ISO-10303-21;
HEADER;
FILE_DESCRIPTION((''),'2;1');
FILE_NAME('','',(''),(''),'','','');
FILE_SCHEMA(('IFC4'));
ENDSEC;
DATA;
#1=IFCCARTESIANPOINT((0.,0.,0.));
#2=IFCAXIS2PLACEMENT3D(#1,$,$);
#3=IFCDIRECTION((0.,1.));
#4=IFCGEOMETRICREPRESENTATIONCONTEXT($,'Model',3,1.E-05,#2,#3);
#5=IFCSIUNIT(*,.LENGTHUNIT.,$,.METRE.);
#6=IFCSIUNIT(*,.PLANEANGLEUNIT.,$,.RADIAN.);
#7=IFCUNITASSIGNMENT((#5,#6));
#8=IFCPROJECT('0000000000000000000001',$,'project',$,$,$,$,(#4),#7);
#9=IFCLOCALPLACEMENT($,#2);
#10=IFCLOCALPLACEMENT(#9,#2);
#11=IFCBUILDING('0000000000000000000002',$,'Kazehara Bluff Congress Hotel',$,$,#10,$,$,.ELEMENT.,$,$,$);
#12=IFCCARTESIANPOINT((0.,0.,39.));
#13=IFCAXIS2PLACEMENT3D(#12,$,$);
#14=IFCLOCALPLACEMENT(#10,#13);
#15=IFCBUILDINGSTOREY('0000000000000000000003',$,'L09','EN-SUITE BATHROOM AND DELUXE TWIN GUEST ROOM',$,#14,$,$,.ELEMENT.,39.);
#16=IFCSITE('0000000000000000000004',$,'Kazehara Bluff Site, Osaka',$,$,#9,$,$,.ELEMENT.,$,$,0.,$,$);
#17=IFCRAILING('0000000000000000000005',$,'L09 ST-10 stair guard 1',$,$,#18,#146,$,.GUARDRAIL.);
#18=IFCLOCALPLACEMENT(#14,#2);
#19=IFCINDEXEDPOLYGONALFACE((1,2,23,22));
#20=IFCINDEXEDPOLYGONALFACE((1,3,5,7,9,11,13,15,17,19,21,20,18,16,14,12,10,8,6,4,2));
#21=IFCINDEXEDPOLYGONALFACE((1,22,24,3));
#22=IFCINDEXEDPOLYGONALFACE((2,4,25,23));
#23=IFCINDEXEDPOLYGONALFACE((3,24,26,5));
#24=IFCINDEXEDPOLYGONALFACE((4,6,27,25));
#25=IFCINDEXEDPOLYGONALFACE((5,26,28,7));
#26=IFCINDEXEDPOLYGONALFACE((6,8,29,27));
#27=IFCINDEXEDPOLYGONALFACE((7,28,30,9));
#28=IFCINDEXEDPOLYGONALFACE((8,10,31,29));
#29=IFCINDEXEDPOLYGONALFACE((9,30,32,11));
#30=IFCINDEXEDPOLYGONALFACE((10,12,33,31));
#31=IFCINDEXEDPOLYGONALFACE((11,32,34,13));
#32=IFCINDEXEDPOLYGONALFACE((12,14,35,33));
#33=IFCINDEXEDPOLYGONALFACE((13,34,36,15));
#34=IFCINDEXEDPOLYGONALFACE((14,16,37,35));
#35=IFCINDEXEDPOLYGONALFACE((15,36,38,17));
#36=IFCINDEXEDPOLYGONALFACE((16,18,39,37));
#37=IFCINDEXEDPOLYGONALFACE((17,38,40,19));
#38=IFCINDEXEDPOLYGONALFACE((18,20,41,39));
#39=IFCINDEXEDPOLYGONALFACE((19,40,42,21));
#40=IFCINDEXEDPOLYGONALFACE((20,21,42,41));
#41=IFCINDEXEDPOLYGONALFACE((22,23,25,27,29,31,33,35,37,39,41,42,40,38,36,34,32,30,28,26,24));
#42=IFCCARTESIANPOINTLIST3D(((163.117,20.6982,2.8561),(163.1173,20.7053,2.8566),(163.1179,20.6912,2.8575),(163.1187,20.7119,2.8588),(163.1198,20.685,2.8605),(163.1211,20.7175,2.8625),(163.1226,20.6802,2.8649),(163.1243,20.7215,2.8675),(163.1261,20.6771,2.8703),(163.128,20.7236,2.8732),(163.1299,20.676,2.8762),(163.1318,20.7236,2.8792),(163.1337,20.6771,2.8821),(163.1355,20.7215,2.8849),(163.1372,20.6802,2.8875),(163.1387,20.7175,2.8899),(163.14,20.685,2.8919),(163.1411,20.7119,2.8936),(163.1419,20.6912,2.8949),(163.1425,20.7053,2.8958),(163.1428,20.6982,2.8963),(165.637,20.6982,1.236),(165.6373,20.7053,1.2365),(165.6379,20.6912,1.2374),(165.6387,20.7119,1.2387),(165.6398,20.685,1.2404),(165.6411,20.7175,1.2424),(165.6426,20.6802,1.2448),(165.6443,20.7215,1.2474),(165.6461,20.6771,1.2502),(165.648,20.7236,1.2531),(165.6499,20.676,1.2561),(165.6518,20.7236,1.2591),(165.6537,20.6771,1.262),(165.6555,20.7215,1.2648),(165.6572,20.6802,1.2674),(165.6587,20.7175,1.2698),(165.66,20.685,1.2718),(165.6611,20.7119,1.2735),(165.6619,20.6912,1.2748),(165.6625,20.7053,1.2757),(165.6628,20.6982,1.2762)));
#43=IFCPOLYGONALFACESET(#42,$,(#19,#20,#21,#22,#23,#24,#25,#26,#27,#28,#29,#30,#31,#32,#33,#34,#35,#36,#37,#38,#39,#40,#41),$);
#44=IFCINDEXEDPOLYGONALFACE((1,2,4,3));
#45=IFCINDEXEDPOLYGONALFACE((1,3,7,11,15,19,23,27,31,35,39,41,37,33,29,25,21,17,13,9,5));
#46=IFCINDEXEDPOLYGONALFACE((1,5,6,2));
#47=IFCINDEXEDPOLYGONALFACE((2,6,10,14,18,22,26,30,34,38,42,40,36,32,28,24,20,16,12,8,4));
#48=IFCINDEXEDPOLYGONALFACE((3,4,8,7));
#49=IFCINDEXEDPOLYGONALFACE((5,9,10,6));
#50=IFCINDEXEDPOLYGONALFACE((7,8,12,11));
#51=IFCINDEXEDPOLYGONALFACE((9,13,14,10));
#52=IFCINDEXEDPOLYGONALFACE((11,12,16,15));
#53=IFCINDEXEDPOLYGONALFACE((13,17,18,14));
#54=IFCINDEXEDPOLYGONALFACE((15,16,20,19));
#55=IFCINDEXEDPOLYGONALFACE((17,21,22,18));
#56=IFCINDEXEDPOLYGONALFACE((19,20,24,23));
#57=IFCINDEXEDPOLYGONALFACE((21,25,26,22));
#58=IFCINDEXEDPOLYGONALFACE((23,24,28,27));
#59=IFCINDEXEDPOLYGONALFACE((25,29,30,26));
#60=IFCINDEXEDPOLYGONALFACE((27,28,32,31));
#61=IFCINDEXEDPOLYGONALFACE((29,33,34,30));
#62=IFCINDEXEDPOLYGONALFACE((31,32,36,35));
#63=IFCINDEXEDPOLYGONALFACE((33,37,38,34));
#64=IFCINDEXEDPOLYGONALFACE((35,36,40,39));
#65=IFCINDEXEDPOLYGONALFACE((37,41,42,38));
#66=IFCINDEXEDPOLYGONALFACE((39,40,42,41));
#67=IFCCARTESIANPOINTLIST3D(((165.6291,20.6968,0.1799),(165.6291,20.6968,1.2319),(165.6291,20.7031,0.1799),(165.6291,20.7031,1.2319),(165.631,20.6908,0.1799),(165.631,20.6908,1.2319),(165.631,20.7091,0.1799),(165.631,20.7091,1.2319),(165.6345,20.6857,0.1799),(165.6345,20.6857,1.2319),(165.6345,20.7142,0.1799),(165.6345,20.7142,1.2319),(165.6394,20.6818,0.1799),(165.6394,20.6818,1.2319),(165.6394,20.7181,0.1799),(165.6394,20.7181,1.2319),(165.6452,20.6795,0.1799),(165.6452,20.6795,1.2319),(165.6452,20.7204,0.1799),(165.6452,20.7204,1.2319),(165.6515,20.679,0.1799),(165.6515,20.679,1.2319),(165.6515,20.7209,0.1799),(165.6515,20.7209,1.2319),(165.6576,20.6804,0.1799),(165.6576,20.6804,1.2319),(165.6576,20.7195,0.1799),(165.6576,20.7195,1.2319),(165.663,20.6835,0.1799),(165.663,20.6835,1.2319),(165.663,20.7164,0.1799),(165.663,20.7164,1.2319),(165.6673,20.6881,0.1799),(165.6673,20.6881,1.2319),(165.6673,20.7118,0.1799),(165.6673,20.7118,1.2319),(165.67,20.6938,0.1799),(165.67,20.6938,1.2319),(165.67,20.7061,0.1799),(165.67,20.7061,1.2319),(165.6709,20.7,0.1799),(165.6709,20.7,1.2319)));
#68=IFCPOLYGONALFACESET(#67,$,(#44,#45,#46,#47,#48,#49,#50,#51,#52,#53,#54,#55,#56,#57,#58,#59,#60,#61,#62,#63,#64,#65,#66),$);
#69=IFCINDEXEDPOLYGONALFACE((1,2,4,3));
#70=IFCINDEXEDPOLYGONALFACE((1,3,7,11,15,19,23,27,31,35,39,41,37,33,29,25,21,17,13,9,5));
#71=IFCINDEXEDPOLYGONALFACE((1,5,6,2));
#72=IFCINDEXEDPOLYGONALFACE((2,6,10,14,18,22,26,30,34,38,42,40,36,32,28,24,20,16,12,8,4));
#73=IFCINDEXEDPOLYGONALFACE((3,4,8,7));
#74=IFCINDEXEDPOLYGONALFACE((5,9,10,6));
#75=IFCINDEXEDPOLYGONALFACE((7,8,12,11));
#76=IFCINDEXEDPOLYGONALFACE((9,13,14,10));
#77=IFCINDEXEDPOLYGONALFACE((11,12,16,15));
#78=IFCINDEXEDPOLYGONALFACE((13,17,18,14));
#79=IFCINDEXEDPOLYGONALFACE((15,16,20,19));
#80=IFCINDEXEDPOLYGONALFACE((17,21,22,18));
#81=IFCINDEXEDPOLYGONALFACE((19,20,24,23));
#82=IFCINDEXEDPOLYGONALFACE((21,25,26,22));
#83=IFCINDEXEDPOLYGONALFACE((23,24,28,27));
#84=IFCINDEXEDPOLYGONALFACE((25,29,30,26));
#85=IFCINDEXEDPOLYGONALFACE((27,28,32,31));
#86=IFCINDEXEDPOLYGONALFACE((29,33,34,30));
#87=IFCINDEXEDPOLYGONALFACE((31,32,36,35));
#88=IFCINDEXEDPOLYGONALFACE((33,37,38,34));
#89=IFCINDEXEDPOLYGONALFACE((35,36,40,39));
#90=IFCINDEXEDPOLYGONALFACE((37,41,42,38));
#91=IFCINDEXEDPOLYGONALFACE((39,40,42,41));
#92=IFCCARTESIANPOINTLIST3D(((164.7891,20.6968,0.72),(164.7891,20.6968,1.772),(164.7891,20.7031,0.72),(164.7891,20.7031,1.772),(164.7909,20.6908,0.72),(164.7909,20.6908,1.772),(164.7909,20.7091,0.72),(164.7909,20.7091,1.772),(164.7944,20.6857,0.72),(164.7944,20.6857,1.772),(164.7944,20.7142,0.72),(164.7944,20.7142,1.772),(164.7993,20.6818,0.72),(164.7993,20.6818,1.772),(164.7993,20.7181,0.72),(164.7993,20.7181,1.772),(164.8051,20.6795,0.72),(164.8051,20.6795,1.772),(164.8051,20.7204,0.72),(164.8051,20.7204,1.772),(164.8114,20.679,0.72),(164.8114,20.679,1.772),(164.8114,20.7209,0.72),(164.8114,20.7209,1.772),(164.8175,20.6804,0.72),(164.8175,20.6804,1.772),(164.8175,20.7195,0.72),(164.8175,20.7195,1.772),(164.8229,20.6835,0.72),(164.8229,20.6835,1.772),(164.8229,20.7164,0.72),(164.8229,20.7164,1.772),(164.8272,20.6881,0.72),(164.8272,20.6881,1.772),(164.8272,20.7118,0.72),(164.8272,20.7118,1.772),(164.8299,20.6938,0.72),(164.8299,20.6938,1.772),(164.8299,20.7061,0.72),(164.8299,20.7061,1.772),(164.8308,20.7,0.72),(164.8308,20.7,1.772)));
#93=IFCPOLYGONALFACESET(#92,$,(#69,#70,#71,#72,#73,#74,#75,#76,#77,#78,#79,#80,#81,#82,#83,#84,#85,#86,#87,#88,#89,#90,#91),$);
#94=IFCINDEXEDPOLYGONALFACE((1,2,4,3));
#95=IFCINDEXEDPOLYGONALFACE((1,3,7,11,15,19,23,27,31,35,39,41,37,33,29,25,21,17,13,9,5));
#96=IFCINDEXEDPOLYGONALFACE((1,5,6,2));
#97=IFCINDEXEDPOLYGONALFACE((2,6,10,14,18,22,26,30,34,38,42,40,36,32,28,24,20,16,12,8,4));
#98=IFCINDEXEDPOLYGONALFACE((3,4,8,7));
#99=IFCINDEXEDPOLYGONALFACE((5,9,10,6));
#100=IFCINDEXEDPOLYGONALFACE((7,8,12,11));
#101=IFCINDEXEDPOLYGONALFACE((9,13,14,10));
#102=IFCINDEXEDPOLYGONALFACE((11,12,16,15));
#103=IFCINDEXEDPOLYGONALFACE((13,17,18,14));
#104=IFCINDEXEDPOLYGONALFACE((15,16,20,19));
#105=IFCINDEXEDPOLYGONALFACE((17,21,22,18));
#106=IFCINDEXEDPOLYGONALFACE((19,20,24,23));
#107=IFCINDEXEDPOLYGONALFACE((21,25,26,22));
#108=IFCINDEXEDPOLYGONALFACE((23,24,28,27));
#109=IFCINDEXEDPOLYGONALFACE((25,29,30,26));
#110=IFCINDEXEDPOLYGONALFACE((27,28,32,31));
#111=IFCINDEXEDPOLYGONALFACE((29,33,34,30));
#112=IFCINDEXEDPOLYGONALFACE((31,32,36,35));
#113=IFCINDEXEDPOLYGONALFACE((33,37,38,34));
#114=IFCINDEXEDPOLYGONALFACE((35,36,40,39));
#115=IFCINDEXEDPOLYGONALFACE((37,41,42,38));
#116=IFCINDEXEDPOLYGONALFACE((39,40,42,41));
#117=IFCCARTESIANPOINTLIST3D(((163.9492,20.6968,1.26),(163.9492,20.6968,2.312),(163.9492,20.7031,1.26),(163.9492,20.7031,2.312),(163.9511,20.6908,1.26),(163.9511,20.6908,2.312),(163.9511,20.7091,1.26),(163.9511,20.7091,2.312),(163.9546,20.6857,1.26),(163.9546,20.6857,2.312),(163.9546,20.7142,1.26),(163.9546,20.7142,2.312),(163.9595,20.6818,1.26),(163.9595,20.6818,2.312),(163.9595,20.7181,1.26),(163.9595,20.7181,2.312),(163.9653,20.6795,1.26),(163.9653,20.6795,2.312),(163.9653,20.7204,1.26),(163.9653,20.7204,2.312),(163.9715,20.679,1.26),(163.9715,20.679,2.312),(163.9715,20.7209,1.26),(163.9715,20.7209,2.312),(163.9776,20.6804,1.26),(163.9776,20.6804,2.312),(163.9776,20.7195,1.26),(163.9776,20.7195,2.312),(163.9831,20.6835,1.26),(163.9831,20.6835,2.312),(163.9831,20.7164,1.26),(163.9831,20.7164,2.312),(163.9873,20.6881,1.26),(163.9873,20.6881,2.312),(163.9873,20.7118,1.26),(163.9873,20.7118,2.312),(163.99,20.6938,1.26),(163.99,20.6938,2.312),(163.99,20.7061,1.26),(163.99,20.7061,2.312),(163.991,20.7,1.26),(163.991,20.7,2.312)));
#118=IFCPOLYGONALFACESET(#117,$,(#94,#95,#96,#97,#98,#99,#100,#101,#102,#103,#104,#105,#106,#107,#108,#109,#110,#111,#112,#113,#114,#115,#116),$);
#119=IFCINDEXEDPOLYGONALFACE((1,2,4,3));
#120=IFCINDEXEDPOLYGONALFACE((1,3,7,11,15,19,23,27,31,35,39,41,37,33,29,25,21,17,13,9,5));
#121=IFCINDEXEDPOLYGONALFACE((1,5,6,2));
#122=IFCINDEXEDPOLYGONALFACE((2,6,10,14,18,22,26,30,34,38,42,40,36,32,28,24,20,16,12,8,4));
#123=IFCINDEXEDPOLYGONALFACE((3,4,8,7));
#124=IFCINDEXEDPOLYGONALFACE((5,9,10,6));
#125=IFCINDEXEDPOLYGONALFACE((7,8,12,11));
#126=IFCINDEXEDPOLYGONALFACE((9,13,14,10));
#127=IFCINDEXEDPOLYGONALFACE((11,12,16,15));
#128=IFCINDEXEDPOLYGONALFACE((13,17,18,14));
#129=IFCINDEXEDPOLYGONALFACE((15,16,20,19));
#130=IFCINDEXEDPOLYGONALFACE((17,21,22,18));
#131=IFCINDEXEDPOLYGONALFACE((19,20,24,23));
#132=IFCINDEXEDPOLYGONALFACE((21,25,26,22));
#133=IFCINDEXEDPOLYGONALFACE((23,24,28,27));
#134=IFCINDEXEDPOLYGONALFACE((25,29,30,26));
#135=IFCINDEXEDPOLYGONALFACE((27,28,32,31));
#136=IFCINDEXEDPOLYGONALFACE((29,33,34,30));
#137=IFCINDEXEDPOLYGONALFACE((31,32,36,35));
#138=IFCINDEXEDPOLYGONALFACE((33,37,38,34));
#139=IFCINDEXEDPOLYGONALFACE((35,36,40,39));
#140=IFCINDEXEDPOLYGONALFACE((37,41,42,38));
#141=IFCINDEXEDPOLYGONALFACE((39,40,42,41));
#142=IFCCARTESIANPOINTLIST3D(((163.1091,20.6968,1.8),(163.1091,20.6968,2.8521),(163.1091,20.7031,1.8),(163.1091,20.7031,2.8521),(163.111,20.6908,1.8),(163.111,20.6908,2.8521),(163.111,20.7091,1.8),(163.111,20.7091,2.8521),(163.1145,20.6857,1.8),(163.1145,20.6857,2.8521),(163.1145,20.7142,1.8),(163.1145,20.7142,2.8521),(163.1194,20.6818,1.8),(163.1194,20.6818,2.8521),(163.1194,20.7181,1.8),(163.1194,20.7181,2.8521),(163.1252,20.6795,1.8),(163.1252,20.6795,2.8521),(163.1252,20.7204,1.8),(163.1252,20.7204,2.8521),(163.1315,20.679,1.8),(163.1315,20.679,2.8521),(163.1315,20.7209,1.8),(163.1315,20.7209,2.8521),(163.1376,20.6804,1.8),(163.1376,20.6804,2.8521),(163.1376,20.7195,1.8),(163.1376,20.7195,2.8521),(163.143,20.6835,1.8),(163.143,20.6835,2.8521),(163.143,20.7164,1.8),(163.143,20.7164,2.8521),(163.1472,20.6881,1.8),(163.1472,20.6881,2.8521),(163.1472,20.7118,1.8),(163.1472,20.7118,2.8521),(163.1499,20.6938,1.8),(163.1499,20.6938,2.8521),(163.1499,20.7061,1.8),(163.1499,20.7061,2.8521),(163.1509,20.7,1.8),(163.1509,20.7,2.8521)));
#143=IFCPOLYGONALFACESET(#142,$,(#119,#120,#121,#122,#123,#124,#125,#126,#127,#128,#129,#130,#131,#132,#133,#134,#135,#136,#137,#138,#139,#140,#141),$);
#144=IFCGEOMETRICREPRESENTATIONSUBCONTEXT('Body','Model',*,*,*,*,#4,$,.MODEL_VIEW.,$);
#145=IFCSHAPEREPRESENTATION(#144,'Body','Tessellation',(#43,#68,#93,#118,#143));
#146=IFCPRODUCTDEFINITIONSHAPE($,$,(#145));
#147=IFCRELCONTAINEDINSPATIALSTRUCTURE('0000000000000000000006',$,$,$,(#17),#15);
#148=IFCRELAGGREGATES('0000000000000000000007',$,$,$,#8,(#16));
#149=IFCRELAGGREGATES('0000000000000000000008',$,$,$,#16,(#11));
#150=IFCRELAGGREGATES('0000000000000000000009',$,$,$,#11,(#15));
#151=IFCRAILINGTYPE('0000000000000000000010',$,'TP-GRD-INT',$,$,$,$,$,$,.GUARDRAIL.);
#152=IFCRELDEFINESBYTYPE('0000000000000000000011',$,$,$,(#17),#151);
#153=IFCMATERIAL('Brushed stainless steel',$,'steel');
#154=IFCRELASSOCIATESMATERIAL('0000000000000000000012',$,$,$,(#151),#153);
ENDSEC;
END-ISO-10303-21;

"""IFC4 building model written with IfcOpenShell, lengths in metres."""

from ifc_helpers import new_model, si_unit, direction, frame, origin, origin_2d, place, context, subcontext, project, spatial, circle, extrude, material, type_object, element, save


model = new_model("IFC4")

# Units and contexts
model_context = context("Model", 3, precision=1e-05, world=origin(), true_north=direction((0.0, 1.0)))
body_context = subcontext(model_context, "Body", "Model", "MODEL_VIEW")
ifc_project = project(units=[si_unit("LENGTHUNIT", "METRE"), si_unit("PLANEANGLEUNIT", "RADIAN")], contexts=[model_context])

# Site, building, storey
site_placement = place(None, origin())
site = spatial("IfcSite", under=ifc_project, at=site_placement, Name="Kazehara Bluff Site, Osaka", CompositionType="ELEMENT", RefElevation=0.0)
building_placement = place(site_placement, origin())
building = spatial("IfcBuilding", under=site, at=building_placement, Name="Kazehara Bluff Congress Hotel", CompositionType="ELEMENT")
storey_placement = place(building_placement, frame((0.0, 0.0, 39.0)))
storey = spatial("IfcBuildingStorey", under=building, at=storey_placement, Name="L09", Description="EN-SUITE BATHROOM AND DELUXE TWIN GUEST ROOM", CompositionType="ELEMENT", Elevation=39.0)

# Railing
ifc_material_1 = material(Name="Brushed stainless steel", Category="steel")
railing_type_1 = type_object("IfcRailingType", Name="TP-GRD-INT", PredefinedType="GUARDRAIL", material=ifc_material_1)
railing_1_placement = place(storey_placement, frame((165.6499, 20.7, 0.1799)))
element("IfcRailing", 1, at=railing_1_placement, inside=storey, type_object=railing_type_1, Name="L09 ST-10 stair guard 1", PredefinedType="GUARDRAIL", context=body_context, shape_type="SweptSolid", body=[
    extrude(circle(Radius=0.0239, at=origin_2d()), frame((0.0, 0.0, 1.0762), z_axis=(-0.841163, 0.0, 0.540782), x_axis=(0.0, -1.0, 0.0)), (0.0, 0.0, 1.0), 2.9958),
    extrude(circle(Radius=0.021, at=origin_2d()), origin(), (0.0, 0.0, 1.0), 1.052),
    extrude(circle(Radius=0.021, at=origin_2d()), frame((-0.8401, 0.0, 0.54)), (0.0, 0.0, 1.0), 1.052),
    extrude(circle(Radius=0.021, at=origin_2d()), frame((-1.6799, 0.0, 1.0801)), (0.0, 0.0, 1.0), 1.052),
    extrude(circle(Radius=0.021, at=origin_2d()), frame((-2.52, 0.0, 1.6201)), (0.0, 0.0, 1.0), 1.052),
])

save(model, "model.ifc")
